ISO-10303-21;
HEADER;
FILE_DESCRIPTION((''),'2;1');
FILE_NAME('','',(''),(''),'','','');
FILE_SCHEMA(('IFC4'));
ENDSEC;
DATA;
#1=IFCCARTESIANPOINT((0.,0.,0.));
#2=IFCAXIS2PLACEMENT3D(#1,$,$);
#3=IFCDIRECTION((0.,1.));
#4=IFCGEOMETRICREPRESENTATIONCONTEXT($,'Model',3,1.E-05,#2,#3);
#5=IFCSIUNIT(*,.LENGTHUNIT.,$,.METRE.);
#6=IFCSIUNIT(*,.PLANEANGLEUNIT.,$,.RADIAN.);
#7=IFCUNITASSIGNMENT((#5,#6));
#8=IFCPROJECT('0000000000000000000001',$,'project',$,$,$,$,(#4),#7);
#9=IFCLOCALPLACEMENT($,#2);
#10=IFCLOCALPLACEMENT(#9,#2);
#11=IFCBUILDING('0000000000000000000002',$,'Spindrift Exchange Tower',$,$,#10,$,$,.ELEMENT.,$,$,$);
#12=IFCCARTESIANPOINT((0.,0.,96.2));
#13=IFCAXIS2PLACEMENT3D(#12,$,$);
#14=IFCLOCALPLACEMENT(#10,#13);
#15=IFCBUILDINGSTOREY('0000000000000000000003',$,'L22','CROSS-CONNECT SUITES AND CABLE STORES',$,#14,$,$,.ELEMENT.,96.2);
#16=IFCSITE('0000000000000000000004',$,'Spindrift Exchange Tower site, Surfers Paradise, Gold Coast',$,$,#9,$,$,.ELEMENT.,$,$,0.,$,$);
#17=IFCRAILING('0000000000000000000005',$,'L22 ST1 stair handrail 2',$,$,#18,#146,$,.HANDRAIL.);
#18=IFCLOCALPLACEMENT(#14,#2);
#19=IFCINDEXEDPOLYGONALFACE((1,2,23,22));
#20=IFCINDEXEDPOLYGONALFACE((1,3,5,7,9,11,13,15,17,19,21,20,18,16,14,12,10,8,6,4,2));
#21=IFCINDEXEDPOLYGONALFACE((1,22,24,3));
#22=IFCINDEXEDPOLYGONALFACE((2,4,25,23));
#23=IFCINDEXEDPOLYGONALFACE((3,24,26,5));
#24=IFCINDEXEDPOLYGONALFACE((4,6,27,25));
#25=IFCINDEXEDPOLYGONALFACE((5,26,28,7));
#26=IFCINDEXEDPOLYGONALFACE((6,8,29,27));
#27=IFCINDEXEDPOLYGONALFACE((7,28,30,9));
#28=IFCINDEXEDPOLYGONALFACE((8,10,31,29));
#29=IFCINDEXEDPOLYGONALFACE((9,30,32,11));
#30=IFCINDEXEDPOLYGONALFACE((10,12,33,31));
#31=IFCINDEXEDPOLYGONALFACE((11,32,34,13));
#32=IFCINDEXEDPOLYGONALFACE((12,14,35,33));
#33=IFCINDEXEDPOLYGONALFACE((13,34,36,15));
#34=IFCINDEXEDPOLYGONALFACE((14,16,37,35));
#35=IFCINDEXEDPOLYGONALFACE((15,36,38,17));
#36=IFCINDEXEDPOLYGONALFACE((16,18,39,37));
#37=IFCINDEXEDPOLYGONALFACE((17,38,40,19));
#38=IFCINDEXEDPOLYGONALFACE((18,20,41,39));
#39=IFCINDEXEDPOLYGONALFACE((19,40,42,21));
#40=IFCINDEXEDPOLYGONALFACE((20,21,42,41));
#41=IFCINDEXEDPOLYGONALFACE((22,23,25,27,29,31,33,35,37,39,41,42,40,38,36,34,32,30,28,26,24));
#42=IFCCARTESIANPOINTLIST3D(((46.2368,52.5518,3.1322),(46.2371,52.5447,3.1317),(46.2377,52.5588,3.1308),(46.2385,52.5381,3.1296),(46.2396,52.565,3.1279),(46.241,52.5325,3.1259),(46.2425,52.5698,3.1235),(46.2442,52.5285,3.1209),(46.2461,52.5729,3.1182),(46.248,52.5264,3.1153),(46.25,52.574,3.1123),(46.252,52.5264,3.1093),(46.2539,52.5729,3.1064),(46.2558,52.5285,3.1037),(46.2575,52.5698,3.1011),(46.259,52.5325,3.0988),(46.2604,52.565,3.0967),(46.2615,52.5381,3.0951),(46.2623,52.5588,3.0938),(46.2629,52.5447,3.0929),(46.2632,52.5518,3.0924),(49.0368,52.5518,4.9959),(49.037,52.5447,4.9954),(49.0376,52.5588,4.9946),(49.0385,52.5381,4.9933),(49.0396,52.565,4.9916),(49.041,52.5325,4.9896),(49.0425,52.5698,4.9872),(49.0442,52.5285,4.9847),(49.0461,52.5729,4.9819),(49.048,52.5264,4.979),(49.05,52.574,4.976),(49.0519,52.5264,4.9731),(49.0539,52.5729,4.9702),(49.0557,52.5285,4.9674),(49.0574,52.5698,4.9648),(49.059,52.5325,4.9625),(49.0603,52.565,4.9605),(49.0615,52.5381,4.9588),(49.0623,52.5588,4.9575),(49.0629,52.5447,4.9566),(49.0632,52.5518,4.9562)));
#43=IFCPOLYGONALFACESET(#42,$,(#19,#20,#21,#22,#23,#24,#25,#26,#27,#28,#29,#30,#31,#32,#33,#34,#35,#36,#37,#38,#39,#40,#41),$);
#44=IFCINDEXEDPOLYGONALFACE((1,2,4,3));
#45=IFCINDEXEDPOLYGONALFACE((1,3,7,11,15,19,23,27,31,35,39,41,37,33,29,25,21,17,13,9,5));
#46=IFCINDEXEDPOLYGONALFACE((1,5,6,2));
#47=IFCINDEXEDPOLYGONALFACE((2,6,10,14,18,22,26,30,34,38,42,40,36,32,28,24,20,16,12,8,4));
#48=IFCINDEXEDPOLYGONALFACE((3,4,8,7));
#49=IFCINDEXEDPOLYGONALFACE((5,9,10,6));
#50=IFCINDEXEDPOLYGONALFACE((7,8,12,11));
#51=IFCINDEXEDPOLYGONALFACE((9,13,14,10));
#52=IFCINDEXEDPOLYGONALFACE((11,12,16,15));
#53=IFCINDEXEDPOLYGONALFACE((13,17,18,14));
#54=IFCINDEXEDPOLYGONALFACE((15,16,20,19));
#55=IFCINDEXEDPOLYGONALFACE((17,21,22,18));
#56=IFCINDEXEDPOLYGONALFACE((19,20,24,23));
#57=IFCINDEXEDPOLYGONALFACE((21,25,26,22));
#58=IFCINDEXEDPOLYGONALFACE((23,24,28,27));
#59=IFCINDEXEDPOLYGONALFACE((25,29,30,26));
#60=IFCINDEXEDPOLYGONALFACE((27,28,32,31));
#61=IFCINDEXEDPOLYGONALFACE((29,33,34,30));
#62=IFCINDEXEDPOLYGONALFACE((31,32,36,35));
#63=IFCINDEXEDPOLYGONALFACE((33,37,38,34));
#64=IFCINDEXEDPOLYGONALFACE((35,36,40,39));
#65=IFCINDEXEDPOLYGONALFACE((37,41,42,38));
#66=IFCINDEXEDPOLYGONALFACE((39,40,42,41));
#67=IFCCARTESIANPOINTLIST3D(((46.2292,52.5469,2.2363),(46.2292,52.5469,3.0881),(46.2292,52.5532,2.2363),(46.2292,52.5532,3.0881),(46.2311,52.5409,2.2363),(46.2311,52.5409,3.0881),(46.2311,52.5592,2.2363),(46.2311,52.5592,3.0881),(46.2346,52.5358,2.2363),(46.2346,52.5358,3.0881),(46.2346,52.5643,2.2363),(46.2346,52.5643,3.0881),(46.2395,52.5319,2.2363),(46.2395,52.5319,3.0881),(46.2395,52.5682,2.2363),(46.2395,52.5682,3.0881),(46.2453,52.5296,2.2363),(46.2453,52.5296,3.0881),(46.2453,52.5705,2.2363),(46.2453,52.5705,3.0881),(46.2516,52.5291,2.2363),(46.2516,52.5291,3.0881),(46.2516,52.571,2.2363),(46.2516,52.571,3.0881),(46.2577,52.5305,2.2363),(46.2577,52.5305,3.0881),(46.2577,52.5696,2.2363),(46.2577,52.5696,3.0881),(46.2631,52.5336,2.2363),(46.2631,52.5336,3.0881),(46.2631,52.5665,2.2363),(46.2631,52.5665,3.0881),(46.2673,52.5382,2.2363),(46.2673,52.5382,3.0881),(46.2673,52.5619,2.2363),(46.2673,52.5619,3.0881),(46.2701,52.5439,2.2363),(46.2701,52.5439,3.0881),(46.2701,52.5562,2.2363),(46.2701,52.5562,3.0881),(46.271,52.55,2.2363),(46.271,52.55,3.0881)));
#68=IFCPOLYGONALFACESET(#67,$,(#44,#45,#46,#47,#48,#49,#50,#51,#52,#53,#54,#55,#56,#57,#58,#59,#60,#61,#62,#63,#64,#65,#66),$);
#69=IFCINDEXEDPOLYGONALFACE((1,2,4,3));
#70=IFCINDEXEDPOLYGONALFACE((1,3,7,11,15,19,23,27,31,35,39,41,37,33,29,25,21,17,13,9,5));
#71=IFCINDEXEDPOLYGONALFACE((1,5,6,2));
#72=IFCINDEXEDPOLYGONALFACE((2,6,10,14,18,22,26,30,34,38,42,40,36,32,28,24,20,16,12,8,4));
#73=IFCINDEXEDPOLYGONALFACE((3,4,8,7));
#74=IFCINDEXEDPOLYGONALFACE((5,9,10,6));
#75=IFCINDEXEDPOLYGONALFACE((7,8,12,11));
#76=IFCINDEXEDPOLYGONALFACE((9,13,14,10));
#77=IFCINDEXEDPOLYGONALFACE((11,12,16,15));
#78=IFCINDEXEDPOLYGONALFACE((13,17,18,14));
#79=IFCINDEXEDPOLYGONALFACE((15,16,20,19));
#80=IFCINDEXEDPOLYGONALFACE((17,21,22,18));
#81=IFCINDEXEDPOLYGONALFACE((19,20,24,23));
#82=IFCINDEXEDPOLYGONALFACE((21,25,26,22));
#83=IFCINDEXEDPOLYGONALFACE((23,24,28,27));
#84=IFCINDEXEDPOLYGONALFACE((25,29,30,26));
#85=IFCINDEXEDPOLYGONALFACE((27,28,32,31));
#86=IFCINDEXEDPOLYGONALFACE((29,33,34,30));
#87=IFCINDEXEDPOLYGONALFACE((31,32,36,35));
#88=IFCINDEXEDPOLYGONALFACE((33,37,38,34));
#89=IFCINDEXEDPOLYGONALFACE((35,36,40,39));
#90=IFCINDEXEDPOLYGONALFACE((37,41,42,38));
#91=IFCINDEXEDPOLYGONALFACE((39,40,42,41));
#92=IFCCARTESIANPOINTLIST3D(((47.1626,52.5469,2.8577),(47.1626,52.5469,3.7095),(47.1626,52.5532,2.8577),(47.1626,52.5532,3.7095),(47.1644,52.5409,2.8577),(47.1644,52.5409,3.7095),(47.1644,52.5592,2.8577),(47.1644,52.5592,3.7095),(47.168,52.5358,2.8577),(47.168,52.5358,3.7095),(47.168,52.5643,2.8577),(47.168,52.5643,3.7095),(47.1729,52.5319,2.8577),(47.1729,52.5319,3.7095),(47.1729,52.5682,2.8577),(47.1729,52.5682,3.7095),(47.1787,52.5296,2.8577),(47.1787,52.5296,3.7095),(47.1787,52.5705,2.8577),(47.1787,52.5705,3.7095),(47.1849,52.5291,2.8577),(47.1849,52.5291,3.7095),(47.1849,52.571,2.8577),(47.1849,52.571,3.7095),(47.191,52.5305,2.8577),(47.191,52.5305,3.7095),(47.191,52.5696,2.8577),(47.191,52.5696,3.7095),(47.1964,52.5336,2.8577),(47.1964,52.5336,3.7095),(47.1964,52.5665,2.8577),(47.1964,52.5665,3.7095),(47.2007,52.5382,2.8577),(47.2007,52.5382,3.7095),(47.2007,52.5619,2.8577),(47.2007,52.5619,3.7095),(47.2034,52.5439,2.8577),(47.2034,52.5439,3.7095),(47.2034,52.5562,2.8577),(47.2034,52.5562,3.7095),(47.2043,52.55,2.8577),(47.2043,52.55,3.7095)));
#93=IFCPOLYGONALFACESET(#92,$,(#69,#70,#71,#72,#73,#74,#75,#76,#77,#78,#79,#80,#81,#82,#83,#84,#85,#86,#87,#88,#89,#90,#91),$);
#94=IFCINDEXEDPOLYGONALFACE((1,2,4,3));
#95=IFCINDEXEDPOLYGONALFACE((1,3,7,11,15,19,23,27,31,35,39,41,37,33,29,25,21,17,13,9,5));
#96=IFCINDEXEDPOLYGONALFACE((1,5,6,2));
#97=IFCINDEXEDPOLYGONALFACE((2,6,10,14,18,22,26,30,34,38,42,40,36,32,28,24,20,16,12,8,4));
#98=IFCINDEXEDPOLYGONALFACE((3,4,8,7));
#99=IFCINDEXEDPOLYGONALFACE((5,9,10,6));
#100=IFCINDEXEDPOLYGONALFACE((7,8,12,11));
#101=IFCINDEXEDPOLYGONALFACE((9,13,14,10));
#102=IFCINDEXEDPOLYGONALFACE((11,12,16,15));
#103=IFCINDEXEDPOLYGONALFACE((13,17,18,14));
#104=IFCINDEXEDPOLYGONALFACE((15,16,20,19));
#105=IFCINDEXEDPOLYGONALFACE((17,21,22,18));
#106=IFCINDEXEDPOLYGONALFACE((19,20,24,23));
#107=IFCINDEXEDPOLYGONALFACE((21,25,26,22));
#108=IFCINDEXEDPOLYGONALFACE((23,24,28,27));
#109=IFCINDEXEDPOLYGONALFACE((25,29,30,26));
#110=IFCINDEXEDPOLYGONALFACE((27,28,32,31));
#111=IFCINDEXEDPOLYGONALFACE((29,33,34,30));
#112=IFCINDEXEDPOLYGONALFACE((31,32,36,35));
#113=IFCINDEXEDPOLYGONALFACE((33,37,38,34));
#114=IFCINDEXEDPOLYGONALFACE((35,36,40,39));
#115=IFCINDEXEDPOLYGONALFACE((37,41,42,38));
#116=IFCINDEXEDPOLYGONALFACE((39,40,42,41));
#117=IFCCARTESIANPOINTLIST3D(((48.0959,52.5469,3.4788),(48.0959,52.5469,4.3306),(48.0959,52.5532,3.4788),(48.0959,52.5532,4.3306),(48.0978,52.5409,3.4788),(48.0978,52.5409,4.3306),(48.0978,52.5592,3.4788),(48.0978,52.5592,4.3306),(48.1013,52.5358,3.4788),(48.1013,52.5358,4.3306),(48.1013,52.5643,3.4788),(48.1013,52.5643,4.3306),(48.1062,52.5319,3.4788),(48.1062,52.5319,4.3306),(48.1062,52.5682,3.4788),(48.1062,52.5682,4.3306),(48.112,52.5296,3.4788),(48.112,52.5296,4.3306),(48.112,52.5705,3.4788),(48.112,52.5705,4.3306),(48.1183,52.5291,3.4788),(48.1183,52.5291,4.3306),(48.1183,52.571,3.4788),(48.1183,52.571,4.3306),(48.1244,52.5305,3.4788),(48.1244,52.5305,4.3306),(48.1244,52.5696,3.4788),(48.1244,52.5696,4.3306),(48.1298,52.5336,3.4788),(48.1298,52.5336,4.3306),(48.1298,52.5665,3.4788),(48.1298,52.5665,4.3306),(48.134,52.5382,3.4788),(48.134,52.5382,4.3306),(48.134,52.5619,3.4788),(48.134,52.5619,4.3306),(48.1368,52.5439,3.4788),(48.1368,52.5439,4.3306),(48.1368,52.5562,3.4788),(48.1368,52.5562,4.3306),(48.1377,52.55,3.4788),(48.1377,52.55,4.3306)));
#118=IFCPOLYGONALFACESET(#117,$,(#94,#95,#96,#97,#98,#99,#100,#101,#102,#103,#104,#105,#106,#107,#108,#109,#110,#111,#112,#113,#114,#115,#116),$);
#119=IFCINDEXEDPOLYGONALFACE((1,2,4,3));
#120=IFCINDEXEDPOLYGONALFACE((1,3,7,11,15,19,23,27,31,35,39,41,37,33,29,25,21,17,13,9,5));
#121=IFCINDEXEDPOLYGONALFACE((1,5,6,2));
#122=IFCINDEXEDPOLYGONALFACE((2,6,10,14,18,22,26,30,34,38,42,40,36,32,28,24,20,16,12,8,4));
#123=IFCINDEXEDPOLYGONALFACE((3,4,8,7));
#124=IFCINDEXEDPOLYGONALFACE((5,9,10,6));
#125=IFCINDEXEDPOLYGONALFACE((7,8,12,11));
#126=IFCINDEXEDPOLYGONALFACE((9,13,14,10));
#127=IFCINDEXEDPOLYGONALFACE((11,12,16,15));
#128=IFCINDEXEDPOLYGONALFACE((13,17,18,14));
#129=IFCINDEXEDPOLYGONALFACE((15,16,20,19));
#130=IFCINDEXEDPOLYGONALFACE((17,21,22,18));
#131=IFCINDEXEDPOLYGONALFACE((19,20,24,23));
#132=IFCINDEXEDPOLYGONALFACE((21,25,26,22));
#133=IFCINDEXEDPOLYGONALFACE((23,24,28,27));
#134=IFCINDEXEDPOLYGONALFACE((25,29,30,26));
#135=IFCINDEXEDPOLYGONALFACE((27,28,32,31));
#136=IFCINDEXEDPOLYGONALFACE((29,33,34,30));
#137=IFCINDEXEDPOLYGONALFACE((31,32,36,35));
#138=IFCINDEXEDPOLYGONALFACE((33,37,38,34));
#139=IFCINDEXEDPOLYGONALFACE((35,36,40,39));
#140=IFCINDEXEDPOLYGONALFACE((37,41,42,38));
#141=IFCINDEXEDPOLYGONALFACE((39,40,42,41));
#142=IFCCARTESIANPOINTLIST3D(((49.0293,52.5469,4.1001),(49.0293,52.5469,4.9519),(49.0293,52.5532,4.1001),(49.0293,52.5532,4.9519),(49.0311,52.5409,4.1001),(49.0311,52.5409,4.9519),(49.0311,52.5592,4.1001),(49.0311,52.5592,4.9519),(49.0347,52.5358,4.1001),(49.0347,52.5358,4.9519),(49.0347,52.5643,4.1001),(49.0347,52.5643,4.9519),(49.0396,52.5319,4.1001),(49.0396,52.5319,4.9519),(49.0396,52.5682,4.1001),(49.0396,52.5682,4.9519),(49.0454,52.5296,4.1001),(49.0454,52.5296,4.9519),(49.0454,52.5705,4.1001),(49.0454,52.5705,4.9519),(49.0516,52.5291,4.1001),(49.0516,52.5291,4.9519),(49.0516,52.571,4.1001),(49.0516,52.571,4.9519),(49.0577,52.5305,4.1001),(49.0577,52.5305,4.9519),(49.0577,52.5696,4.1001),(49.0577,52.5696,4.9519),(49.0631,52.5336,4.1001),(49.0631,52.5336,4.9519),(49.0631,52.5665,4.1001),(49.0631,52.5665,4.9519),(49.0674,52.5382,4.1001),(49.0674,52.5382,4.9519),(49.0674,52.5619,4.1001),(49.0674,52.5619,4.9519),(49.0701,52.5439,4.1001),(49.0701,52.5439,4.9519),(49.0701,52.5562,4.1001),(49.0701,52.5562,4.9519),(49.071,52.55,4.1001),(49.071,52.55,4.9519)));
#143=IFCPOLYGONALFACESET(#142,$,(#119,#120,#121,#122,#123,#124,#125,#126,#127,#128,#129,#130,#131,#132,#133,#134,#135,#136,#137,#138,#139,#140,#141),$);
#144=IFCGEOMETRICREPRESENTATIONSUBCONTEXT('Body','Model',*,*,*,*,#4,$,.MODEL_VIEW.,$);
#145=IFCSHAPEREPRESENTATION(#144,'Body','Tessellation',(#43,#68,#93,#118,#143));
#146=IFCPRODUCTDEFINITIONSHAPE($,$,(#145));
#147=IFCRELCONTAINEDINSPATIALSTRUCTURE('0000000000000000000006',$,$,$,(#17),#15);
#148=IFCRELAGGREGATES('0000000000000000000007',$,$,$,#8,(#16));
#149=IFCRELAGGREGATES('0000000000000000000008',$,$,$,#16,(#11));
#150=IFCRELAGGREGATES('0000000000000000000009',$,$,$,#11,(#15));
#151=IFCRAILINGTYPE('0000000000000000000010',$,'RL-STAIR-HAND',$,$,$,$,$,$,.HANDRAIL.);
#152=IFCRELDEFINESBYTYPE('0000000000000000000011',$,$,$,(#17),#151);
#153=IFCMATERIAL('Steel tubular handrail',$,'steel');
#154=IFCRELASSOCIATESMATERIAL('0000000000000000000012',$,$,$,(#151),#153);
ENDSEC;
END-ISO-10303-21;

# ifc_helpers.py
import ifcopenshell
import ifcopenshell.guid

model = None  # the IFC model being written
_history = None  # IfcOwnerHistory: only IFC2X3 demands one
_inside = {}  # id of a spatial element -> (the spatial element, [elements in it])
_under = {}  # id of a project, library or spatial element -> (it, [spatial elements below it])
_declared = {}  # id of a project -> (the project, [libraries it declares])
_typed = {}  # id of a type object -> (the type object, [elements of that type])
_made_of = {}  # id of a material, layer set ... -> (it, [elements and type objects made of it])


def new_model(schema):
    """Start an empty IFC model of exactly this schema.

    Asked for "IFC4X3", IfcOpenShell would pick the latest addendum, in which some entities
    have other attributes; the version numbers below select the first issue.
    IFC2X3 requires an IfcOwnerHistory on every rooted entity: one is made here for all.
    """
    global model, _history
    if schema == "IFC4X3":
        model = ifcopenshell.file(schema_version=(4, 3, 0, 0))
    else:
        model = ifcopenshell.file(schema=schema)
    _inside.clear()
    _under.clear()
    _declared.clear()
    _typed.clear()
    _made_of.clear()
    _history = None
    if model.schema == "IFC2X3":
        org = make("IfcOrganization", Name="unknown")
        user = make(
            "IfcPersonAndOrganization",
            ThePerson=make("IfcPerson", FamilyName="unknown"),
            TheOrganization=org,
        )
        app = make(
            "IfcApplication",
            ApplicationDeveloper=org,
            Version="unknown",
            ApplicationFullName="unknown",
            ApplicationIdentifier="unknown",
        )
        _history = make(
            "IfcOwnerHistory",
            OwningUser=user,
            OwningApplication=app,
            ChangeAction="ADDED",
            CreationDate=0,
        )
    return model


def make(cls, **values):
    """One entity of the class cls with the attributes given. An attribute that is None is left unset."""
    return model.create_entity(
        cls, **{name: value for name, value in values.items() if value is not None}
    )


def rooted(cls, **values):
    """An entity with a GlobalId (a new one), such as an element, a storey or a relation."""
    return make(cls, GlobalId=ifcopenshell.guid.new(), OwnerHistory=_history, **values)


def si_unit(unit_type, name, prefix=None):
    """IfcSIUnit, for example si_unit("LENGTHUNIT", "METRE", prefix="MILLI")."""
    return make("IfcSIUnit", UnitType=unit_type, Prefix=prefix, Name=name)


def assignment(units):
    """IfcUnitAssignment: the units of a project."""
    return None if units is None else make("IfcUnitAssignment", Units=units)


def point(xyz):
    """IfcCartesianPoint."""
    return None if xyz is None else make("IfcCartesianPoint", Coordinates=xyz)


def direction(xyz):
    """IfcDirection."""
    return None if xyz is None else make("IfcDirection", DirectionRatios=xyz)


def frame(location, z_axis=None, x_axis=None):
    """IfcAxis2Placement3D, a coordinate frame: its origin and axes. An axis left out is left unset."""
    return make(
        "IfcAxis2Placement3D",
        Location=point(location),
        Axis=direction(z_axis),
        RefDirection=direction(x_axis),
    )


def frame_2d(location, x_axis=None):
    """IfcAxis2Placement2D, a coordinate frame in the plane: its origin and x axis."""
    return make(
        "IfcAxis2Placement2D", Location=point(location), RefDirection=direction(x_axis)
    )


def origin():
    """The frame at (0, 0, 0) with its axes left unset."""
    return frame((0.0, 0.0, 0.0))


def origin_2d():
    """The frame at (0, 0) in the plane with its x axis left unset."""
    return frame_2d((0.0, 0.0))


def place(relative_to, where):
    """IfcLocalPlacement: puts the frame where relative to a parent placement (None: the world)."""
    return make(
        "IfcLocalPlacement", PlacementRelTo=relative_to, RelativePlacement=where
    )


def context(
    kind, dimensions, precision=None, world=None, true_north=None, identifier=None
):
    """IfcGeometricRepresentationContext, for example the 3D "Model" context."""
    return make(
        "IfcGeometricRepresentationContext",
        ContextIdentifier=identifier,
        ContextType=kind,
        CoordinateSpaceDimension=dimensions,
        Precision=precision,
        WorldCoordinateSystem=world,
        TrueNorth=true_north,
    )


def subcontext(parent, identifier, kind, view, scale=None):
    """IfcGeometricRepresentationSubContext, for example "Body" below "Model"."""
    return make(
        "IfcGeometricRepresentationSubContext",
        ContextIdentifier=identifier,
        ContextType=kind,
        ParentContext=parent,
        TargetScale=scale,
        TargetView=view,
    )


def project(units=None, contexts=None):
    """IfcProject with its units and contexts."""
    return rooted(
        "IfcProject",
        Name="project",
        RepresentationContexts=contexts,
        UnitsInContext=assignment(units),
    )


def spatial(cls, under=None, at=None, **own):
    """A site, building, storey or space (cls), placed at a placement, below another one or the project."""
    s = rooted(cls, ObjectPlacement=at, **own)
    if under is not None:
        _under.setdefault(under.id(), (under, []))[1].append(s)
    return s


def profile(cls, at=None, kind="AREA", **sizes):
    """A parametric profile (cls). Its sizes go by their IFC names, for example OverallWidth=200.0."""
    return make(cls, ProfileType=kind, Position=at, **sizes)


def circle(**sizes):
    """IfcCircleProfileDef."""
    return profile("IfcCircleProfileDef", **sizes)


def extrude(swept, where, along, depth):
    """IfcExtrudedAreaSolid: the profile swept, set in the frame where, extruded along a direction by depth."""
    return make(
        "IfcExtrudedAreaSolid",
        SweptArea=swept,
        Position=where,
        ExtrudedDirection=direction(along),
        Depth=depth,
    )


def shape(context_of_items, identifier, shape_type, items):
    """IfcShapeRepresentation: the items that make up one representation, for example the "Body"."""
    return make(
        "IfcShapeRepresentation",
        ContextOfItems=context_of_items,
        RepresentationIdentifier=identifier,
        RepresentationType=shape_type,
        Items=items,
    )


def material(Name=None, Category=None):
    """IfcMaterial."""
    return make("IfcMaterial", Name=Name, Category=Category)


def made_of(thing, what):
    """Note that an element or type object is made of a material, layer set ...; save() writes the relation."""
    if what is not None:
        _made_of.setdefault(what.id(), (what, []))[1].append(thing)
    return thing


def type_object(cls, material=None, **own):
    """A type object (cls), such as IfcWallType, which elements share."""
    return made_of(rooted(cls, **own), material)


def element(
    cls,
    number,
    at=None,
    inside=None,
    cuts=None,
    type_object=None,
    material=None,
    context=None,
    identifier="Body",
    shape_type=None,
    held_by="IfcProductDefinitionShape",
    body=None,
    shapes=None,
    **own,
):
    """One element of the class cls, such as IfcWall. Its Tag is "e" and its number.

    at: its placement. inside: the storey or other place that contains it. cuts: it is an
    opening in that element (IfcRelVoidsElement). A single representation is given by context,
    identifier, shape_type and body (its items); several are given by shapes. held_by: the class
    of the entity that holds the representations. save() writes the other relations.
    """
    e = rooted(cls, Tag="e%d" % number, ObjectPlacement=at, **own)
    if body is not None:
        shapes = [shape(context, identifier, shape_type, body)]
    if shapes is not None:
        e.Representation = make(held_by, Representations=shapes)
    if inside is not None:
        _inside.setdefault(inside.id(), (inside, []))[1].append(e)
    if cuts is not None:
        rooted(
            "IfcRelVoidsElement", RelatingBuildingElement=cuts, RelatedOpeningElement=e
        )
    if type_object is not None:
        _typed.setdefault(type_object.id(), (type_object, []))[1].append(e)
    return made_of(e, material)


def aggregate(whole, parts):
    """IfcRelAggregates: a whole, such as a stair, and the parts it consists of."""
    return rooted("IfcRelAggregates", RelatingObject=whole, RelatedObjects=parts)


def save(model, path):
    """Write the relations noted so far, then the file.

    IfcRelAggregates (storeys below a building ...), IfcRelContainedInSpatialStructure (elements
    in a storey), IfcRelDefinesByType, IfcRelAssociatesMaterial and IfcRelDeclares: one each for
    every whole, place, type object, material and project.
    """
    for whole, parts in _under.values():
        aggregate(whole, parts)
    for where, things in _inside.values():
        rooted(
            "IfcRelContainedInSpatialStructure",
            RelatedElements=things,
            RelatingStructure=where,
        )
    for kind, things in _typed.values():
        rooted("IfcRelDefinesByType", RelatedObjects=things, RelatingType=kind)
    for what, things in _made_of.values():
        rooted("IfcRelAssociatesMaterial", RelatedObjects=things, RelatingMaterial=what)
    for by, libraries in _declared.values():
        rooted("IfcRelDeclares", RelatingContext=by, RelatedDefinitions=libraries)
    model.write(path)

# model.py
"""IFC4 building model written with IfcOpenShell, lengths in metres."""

from ifc_helpers import new_model, si_unit, direction, frame, origin, origin_2d, place, context, subcontext, project, spatial, circle, extrude, material, type_object, element, save


model = new_model("IFC4")

# Units and contexts
model_context = context("Model", 3, precision=1e-05, world=origin(), true_north=direction((0.0, 1.0)))
body_context = subcontext(model_context, "Body", "Model", "MODEL_VIEW")
ifc_project = project(units=[si_unit("LENGTHUNIT", "METRE"), si_unit("PLANEANGLEUNIT", "RADIAN")], contexts=[model_context])

# Site, building, storey
site_placement = place(None, origin())
site = spatial("IfcSite", under=ifc_project, at=site_placement, Name="Spindrift Exchange Tower site, Surfers Paradise, Gold Coast", CompositionType="ELEMENT", RefElevation=0.0)
building_placement = place(site_placement, origin())
building = spatial("IfcBuilding", under=site, at=building_placement, Name="Spindrift Exchange Tower", CompositionType="ELEMENT")
storey_placement = place(building_placement, frame((0.0, 0.0, 96.2)))
storey = spatial("IfcBuildingStorey", under=building, at=storey_placement, Name="L22", Description="CROSS-CONNECT SUITES AND CABLE STORES", CompositionType="ELEMENT", Elevation=96.2)

# Railing
ifc_material_1 = material(Name="Steel tubular handrail", Category="steel")
railing_type_1 = type_object("IfcRailingType", Name="RL-STAIR-HAND", PredefinedType="HANDRAIL", material=ifc_material_1)
railing_1_placement = place(storey_placement, frame((46.25, 52.55, 2.2363)))
element("IfcRailing", 1, at=railing_1_placement, inside=storey, type_object=railing_type_1, Name="L22 ST1 stair handrail 2", PredefinedType="HANDRAIL", context=body_context, shape_type="SweptSolid", body=[
    extrude(circle(Radius=0.0239, at=origin_2d()), frame((0.0, 0.0, 0.876), z_axis=(0.832452, 0.0, 0.554097), x_axis=(0.0, 1.0, 0.0)), (0.0, 0.0, 1.0), 3.3635),
    extrude(circle(Radius=0.021, at=origin_2d()), origin(), (0.0, 0.0, 1.0), 0.8518),
    extrude(circle(Radius=0.021, at=origin_2d()), frame((0.9333, 0.0, 0.6213)), (0.0, 0.0, 1.0), 0.8518),
    extrude(circle(Radius=0.021, at=origin_2d()), frame((1.8667, 0.0, 1.2424)), (0.0, 0.0, 1.0), 0.8518),
    extrude(circle(Radius=0.021, at=origin_2d()), frame((2.8, 0.0, 1.8638)), (0.0, 0.0, 1.0), 0.8518),
])

save(model, "model.ifc")
